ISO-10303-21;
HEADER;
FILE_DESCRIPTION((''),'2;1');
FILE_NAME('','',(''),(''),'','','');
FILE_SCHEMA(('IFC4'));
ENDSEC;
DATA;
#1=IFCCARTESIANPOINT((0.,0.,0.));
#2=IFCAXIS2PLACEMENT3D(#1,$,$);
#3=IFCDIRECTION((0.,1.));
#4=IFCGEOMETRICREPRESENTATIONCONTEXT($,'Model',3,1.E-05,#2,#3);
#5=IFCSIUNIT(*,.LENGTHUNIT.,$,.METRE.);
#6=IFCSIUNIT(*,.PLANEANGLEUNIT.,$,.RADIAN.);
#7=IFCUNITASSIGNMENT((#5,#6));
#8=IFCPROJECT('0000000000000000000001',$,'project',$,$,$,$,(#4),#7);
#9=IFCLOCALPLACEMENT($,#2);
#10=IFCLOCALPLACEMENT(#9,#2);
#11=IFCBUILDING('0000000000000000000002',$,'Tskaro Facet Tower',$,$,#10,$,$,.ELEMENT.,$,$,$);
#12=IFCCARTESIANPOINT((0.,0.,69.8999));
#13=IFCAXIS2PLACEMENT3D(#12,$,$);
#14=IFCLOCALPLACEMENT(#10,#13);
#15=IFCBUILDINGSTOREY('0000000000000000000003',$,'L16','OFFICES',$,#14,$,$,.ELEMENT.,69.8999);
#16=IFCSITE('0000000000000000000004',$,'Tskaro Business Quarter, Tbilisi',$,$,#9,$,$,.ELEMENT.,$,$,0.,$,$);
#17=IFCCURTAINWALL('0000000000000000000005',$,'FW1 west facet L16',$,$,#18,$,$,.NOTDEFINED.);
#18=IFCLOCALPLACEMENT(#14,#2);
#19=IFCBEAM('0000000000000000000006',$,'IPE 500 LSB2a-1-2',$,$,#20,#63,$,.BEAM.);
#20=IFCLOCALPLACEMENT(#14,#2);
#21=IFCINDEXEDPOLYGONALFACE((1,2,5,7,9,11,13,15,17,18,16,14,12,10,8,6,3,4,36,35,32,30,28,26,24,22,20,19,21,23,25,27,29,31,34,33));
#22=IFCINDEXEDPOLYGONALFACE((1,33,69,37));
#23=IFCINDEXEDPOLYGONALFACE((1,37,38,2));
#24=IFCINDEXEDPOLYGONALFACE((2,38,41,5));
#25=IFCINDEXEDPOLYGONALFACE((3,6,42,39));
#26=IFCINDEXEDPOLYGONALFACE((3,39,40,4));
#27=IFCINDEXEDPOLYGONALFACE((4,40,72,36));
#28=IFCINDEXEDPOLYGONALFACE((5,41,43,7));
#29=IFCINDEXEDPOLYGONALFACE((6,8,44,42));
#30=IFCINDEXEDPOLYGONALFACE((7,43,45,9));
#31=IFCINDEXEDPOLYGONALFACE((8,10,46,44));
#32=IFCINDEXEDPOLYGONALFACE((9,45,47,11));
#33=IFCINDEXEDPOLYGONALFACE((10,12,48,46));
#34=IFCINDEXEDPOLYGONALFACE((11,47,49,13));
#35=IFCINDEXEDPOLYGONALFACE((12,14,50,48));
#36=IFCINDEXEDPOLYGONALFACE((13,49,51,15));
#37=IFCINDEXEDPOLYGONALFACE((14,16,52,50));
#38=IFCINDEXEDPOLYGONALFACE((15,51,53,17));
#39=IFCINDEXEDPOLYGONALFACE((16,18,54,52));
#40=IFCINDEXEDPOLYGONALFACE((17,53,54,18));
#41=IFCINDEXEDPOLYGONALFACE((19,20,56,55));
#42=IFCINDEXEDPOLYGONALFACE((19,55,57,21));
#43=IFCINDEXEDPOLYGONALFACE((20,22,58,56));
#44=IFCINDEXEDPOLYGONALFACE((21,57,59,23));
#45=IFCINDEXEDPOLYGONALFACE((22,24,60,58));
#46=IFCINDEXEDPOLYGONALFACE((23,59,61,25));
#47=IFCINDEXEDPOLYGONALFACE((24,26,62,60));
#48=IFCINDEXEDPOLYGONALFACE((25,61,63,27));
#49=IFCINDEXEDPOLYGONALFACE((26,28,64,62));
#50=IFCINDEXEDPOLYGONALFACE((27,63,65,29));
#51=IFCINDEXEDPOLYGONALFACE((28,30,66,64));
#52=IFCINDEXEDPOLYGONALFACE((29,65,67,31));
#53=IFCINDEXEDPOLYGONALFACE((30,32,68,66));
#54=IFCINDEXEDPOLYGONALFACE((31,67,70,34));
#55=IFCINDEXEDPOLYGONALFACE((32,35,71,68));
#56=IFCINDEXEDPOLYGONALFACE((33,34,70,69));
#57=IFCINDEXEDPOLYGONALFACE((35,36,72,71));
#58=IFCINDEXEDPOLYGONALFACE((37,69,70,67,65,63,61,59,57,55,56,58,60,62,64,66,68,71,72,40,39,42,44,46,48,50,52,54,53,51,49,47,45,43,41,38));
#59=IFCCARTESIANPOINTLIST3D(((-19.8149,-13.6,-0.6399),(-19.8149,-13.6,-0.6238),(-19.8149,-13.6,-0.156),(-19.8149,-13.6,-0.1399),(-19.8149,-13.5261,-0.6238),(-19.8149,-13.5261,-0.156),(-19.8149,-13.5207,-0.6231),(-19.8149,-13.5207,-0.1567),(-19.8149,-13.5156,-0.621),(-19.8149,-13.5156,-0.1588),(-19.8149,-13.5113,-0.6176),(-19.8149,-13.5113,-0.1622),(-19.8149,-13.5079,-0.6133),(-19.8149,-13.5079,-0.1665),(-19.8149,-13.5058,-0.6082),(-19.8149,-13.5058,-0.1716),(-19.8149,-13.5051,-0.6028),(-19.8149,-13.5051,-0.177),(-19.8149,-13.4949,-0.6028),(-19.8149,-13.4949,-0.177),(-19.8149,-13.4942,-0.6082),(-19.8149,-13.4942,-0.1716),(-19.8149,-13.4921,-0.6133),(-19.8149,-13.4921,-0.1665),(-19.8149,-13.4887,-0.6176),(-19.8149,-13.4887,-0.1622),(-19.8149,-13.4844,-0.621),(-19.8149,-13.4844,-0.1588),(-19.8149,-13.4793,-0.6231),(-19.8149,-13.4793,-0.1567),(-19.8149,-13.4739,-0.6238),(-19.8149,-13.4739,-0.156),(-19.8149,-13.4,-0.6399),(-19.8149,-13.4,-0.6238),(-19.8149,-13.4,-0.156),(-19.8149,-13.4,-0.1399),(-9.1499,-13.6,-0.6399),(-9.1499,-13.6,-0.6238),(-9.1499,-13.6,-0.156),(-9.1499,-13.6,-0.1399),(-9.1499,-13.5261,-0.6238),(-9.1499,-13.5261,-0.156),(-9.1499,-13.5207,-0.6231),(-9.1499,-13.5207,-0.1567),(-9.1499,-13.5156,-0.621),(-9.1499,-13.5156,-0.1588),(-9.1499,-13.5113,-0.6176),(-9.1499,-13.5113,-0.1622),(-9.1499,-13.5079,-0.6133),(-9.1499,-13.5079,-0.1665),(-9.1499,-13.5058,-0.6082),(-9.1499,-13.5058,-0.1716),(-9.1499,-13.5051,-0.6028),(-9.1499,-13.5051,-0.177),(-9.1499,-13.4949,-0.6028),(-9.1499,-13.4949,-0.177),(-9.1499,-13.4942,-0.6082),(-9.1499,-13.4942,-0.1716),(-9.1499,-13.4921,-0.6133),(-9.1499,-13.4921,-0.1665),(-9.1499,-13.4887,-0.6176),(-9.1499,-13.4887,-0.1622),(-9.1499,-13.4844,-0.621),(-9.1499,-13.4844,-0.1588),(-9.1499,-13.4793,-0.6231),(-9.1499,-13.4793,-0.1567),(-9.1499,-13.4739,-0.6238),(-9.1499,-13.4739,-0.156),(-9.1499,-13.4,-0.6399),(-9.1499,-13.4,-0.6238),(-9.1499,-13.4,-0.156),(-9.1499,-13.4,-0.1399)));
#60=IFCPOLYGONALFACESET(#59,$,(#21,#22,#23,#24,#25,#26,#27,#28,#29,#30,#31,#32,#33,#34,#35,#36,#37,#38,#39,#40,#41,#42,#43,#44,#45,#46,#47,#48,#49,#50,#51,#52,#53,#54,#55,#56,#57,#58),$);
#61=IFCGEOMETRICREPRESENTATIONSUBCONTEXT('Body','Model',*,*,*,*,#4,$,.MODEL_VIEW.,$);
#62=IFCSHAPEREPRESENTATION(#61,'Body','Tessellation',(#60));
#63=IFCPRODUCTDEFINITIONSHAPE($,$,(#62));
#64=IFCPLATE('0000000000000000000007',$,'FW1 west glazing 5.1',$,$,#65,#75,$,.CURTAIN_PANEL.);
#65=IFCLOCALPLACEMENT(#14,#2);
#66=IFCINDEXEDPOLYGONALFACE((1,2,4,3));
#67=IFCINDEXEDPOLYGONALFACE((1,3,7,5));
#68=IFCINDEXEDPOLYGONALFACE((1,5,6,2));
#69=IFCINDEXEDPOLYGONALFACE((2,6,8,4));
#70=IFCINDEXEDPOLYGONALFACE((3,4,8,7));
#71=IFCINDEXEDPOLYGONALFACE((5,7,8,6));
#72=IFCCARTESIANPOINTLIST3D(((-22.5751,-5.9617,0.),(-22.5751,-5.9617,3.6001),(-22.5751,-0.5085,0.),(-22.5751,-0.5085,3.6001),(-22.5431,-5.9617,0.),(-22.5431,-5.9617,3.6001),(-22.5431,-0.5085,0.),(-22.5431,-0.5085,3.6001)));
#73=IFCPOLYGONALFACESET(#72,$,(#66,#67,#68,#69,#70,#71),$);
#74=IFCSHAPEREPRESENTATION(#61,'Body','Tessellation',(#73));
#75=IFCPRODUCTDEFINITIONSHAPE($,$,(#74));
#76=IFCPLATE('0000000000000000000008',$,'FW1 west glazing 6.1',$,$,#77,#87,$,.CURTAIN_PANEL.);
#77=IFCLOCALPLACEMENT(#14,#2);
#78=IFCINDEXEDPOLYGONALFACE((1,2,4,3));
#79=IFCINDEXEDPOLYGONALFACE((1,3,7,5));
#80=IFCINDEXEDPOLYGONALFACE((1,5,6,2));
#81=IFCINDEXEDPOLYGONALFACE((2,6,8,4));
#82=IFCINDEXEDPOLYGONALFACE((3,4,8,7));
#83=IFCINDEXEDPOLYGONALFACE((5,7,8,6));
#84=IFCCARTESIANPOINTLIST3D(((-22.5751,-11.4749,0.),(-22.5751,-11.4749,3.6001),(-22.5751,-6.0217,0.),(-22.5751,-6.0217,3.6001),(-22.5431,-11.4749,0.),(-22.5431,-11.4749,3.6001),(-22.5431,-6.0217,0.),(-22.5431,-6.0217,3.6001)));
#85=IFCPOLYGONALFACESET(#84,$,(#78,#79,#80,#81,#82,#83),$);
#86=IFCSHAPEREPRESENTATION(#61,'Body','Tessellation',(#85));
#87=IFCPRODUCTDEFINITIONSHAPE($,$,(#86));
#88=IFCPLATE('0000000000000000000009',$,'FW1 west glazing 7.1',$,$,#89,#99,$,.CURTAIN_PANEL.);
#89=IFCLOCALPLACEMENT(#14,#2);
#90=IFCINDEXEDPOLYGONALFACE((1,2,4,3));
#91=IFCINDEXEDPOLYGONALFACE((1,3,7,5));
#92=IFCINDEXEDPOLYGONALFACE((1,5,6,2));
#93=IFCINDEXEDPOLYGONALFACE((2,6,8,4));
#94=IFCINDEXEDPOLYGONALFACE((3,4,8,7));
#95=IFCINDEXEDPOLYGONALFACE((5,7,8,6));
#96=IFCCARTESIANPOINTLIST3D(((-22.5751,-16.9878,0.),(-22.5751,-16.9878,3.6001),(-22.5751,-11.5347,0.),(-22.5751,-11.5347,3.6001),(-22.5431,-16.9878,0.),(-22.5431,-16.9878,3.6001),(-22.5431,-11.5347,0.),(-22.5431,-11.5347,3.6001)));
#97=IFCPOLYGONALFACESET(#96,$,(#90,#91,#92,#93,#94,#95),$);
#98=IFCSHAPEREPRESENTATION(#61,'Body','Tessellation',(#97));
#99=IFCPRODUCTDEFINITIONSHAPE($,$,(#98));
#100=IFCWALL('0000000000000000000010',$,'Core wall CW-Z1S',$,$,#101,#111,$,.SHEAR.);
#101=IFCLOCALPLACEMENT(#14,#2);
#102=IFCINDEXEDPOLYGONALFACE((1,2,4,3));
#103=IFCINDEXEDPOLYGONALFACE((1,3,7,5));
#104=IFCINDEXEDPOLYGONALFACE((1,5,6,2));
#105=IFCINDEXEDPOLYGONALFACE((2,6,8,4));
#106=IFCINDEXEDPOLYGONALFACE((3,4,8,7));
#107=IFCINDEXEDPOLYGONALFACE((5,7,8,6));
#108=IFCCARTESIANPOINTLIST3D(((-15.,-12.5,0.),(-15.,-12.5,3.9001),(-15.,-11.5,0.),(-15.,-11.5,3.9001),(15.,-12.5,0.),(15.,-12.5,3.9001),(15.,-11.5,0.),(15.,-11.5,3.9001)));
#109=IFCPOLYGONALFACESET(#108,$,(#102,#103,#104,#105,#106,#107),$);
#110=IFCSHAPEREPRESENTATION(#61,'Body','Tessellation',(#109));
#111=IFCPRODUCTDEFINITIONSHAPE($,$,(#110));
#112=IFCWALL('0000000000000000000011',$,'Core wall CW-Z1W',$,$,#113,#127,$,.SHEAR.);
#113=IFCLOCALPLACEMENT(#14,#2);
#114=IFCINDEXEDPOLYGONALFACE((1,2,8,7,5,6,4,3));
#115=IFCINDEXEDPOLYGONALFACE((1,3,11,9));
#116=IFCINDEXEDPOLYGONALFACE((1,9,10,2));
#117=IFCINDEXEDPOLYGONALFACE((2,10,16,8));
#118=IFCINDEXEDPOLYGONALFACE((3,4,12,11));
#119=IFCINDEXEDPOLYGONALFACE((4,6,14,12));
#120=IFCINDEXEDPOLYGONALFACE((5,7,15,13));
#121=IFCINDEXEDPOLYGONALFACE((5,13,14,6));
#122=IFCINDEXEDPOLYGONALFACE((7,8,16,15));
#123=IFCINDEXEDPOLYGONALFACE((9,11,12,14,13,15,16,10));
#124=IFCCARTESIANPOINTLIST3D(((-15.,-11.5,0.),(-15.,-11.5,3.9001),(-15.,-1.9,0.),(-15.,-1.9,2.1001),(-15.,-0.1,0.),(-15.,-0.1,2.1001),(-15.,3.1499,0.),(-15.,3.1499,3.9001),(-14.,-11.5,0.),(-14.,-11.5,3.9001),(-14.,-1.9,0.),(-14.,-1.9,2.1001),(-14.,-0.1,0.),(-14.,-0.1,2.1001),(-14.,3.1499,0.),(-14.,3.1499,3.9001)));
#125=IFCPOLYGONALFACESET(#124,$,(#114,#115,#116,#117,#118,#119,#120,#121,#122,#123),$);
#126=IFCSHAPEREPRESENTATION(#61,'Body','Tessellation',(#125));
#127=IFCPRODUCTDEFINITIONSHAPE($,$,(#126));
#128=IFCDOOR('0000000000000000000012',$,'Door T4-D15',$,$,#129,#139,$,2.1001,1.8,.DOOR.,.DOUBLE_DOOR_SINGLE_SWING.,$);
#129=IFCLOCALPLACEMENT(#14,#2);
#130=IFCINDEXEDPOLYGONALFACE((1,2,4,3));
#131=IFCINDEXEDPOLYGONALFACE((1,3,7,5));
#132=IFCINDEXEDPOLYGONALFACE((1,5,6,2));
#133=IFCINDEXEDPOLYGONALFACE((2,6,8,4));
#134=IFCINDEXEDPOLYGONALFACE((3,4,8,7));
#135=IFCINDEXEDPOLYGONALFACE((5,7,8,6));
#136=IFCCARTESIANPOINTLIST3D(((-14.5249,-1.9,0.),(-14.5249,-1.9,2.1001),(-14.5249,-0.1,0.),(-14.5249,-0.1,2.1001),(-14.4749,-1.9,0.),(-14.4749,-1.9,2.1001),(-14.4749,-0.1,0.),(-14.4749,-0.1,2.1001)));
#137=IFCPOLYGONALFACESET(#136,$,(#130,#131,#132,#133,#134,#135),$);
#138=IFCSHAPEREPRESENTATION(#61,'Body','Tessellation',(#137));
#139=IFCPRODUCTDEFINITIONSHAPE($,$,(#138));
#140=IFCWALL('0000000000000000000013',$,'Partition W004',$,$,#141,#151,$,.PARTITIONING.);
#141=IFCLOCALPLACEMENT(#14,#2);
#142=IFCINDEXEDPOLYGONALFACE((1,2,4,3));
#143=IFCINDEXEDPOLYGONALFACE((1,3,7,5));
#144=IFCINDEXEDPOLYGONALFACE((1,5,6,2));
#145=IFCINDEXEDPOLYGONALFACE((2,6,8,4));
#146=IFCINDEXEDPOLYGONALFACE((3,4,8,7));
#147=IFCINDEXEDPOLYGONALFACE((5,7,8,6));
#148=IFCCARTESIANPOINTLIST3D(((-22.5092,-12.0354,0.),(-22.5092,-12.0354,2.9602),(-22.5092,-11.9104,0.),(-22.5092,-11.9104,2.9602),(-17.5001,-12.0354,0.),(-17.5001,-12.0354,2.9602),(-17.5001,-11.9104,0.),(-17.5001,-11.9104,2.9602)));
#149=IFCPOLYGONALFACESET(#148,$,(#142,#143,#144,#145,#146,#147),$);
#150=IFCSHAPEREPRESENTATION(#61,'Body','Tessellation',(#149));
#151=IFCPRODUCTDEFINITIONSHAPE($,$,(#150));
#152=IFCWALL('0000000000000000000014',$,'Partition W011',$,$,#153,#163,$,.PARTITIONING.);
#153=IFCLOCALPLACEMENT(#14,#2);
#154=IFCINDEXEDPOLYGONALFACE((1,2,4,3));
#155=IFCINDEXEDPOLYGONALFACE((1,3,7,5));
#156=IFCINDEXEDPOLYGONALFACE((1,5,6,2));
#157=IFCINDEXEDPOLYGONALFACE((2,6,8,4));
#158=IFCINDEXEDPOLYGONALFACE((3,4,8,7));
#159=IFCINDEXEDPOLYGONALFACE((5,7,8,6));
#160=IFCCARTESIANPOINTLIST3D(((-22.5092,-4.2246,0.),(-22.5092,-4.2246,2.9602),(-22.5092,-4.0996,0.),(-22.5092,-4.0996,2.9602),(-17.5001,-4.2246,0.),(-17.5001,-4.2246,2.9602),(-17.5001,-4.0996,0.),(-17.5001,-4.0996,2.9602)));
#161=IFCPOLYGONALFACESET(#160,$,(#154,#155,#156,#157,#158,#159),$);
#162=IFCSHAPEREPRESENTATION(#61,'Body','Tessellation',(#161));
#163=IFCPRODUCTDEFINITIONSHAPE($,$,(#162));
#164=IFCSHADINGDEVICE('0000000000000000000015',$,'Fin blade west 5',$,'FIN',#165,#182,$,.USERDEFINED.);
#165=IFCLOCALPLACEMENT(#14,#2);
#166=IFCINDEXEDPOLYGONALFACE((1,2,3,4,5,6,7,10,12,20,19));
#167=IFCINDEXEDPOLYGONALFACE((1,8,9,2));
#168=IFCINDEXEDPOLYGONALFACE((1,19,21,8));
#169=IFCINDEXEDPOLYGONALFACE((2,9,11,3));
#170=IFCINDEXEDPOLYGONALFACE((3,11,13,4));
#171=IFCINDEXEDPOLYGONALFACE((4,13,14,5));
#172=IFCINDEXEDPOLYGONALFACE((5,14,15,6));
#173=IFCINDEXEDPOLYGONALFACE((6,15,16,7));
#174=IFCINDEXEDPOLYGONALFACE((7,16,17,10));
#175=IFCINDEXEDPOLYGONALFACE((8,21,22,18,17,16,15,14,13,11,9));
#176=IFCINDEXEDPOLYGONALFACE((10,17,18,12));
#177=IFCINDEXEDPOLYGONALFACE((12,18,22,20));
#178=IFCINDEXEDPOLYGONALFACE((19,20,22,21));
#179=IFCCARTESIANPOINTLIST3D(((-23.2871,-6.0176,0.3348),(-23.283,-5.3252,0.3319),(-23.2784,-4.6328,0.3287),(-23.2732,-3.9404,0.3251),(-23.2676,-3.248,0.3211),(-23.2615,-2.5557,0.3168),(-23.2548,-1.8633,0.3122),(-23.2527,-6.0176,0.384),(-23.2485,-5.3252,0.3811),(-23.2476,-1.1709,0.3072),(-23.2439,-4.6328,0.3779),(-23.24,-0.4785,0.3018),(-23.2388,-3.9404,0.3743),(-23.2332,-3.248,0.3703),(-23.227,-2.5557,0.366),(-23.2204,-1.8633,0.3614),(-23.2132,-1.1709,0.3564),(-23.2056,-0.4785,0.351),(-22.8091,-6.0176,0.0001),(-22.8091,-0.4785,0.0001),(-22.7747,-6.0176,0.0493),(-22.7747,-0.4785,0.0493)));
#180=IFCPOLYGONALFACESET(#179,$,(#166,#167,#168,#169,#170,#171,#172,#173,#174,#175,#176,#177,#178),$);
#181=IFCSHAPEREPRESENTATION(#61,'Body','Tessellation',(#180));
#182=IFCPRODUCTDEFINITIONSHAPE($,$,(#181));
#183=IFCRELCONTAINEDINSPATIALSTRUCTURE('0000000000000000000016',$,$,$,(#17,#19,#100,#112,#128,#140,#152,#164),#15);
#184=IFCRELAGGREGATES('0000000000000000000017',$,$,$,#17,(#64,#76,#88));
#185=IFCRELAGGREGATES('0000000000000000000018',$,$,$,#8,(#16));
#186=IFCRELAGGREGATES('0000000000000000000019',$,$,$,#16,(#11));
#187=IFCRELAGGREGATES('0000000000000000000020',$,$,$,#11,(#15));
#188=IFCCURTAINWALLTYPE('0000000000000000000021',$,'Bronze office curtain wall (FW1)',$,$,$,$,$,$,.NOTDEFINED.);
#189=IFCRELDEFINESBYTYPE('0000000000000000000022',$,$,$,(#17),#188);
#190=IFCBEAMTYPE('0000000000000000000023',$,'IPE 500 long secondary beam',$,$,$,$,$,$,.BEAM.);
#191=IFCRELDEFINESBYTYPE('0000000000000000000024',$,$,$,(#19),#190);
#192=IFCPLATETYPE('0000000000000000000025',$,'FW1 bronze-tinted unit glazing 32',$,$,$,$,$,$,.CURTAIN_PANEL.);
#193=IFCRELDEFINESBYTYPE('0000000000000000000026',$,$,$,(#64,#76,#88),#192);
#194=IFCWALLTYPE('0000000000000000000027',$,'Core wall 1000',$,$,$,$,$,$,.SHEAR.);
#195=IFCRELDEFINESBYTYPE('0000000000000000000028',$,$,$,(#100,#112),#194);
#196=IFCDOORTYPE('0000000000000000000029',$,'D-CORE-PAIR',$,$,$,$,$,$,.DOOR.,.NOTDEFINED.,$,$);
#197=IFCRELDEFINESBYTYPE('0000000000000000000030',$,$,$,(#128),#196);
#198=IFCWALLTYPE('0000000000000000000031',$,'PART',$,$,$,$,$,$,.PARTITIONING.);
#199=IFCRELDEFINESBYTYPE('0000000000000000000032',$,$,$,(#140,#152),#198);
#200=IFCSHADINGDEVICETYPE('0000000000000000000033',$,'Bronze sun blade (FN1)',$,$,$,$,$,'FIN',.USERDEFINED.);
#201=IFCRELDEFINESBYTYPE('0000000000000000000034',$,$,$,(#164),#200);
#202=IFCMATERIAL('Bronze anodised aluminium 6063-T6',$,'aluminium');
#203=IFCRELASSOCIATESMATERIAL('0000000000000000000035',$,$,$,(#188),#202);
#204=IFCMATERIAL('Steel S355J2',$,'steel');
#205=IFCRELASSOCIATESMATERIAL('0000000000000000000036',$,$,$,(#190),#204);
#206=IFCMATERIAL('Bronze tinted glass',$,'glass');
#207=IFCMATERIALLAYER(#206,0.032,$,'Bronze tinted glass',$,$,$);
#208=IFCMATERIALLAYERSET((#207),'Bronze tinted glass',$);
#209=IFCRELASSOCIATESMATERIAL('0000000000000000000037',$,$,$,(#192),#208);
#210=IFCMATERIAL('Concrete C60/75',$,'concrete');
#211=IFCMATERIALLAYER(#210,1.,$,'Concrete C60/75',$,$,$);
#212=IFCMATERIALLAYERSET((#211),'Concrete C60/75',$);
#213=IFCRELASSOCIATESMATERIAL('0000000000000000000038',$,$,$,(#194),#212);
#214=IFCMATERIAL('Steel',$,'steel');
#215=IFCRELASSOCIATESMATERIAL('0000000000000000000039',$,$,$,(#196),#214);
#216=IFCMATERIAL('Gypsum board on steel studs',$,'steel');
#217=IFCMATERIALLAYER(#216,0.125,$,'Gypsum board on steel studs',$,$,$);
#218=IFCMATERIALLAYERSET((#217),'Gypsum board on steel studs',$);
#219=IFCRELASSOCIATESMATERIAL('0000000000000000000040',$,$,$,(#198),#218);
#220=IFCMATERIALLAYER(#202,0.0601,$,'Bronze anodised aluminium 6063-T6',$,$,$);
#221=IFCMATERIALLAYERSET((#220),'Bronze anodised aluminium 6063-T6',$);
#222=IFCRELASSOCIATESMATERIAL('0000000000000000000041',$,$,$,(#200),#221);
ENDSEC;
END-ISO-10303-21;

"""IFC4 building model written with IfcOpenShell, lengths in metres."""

from ifc_helpers import new_model, si_unit, direction, frame, frame_2d, origin, origin_2d, place, context, subcontext, project, spatial, polyline, rectangle, i_section, outline, extrude, material, layer, layer_set, material_profile, profile_set, type_object, element, fill, aggregate, save


model = new_model("IFC4")

# Units and contexts
model_context = context("Model", 3, precision=1e-05, world=origin(), true_north=direction((0.0, 1.0)))
body_context = subcontext(model_context, "Body", "Model", "MODEL_VIEW")
ifc_project = project(units=[si_unit("LENGTHUNIT", "METRE"), si_unit("PLANEANGLEUNIT", "RADIAN")], contexts=[model_context])

# Site, building, storey
site_placement = place(None, origin())
site = spatial("IfcSite", under=ifc_project, at=site_placement, Name="Tskaro Business Quarter, Tbilisi", CompositionType="ELEMENT", RefElevation=0.0)
building_placement = place(site_placement, origin())
building = spatial("IfcBuilding", under=site, at=building_placement, Name="Tskaro Facet Tower", CompositionType="ELEMENT")
storey_placement = place(building_placement, frame((0.0, 0.0, 69.8999)))
storey = spatial("IfcBuildingStorey", under=building, at=storey_placement, Name="L16", Description="OFFICES", CompositionType="ELEMENT", Elevation=69.8999)

# Curtain wall
ifc_material_1 = material(Name="Bronze anodised aluminium 6063-T6", Category="aluminium")
curtain_wall_type = type_object("IfcCurtainWallType", Name="Bronze office curtain wall (FW1)", PredefinedType="NOTDEFINED", material=ifc_material_1)
curtain_wall_placement = place(storey_placement, origin())
curtain_wall = element("IfcCurtainWall", 1, at=curtain_wall_placement, inside=storey, type_object=curtain_wall_type, Name="FW1 west facet L16", PredefinedType="NOTDEFINED")

# Beam
ifc_material_2 = material(Name="Steel S355J2", Category="steel")
ifc_material_profile_1 = material_profile(ifc_material_2, i_section(OverallWidth=0.2, OverallDepth=0.5, WebThickness=0.0103, FlangeThickness=0.0161, FilletRadius=0.021, at=origin_2d()), Name="IPE 500")
ifc_profile_set_1 = profile_set([ifc_material_profile_1], Name="Steel S355J2")
beam_type_1 = type_object("IfcBeamType", Name="IPE 500 long secondary beam", PredefinedType="BEAM", material=ifc_profile_set_1)
beam_1_placement = place(storey_placement, frame((-19.8149, -13.5, -0.3899), z_axis=(1.0, 0.0, 0.0), x_axis=(0.0, 1.0, 0.0)))
element("IfcBeam", 2, at=beam_1_placement, inside=storey, type_object=beam_type_1, Name="IPE 500 LSB2a-1-2", PredefinedType="BEAM", context=body_context, shape_type="SweptSolid", body=[
    extrude(i_section(OverallWidth=0.2, OverallDepth=0.5, WebThickness=0.0103, FlangeThickness=0.0161, FilletRadius=0.021, at=origin_2d()), origin(), (0.0, 0.0, 1.0), 10.665),
])

# Plates
ifc_material_3 = material(Name="Bronze tinted glass", Category="glass")
ifc_layer_1 = layer(ifc_material_3, 0.032, Name="Bronze tinted glass")
ifc_layer_set_1 = layer_set([ifc_layer_1], Name="Bronze tinted glass")
plate_type = type_object("IfcPlateType", Name="FW1 bronze-tinted unit glazing 32", PredefinedType="CURTAIN_PANEL", material=ifc_layer_set_1)
plate_1_placement = place(storey_placement, frame((-22.5591, -3.2351, 0.0), z_axis=(0.0, 0.0, 1.0), x_axis=(0.0, -1.0, 0.0)))
plate_1 = element("IfcPlate", 3, at=plate_1_placement, type_object=plate_type, Name="FW1 west glazing 5.1", PredefinedType="CURTAIN_PANEL", context=body_context, shape_type="SweptSolid", body=[
    extrude(rectangle(XDim=5.4531, YDim=0.032, at=origin_2d()), origin(), (0.0, 0.0, 1.0), 3.6001),
])
plate_2_placement = place(storey_placement, frame((-22.5591, -8.7483, 0.0), z_axis=(0.0, 0.0, 1.0), x_axis=(0.0, -1.0, 0.0)))
plate_2 = element("IfcPlate", 4, at=plate_2_placement, type_object=plate_type, Name="FW1 west glazing 6.1", PredefinedType="CURTAIN_PANEL", context=body_context, shape_type="SweptSolid", body=[
    extrude(rectangle(XDim=5.4531, YDim=0.032, at=origin_2d()), origin(), (0.0, 0.0, 1.0), 3.6001),
])
plate_3_placement = place(storey_placement, frame((-22.5591, -14.2612, 0.0), z_axis=(0.0, 0.0, 1.0), x_axis=(0.0, -1.0, 0.0)))
plate_3 = element("IfcPlate", 5, at=plate_3_placement, type_object=plate_type, Name="FW1 west glazing 7.1", PredefinedType="CURTAIN_PANEL", context=body_context, shape_type="SweptSolid", body=[
    extrude(rectangle(XDim=5.4531, YDim=0.032, at=origin_2d()), origin(), (0.0, 0.0, 1.0), 3.6001),
])
aggregate(curtain_wall, [plate_1, plate_2, plate_3])

# Wall
ifc_material_4 = material(Name="Concrete C60/75", Category="concrete")
ifc_layer_2 = layer(ifc_material_4, 1.0, Name="Concrete C60/75")
ifc_layer_set_2 = layer_set([ifc_layer_2], Name="Concrete C60/75")
wall_type_1 = type_object("IfcWallType", Name="Core wall 1000", PredefinedType="SHEAR", material=ifc_layer_set_2)
wall_1_placement = place(storey_placement, frame((-15.0, -12.0, 0.0), z_axis=(0.0, 0.0, 1.0), x_axis=(1.0, 0.0, 0.0)))
element("IfcWall", 6, at=wall_1_placement, inside=storey, type_object=wall_type_1, Name="Core wall CW-Z1S", PredefinedType="SHEAR", context=body_context, shape_type="SweptSolid", body=[
    extrude(rectangle(XDim=30.0, YDim=1.0, at=frame_2d((15.0, 0.0))), origin(), (0.0, 0.0, 1.0), 3.9001),
])

# Wall, opening, door
wall_2_placement = place(storey_placement, frame((-14.5, -11.5, 0.0), z_axis=(0.0, 0.0, 1.0), x_axis=(0.0, 1.0, 0.0)))
wall_2 = element("IfcWall", 7, at=wall_2_placement, inside=storey, type_object=wall_type_1, Name="Core wall CW-Z1W", PredefinedType="SHEAR", context=body_context, shape_type="SweptSolid", body=[
    extrude(rectangle(XDim=14.6499, YDim=1.0, at=frame_2d((7.325, 0.0))), origin(), (0.0, 0.0, 1.0), 3.9001),
])
opening_placement = place(wall_2_placement, frame((9.6001, 0.0, 0.0)))
opening = element("IfcOpeningElement", 8, at=opening_placement, cuts=wall_2, PredefinedType="OPENING", context=body_context, shape_type="SweptSolid", body=[
    extrude(rectangle(XDim=1.8, YDim=2.1001, at=frame_2d((0.8999, 1.05))), frame((0.0, 0.51, 0.0), z_axis=(0.0, -1.0, 0.0), x_axis=(1.0, 0.0, 0.0)), (0.0, 0.0, 1.0), 1.02),
])
ifc_material_5 = material(Name="Steel", Category="steel")
door_type = type_object("IfcDoorType", Name="D-CORE-PAIR", OperationType="NOTDEFINED", PredefinedType="DOOR", material=ifc_material_5)
door_placement = place(opening_placement, origin())
door = element("IfcDoor", 9, at=door_placement, inside=storey, type_object=door_type, Name="Door T4-D15", OperationType="DOUBLE_DOOR_SINGLE_SWING", OverallHeight=2.1001, OverallWidth=1.8, PredefinedType="DOOR", context=body_context, shape_type="SweptSolid", body=[
    extrude(rectangle(XDim=1.8, YDim=2.1001, at=frame_2d((0.8999, 1.05))), frame((0.0, 0.0249, 0.0), z_axis=(0.0, -1.0, 0.0), x_axis=(1.0, 0.0, 0.0)), (0.0, 0.0, 1.0), 0.05),
])
fill(opening, door)

# Walls
ifc_material_6 = material(Name="Gypsum board on steel studs", Category="steel")
ifc_layer_3 = layer(ifc_material_6, 0.125, Name="Gypsum board on steel studs")
ifc_layer_set_3 = layer_set([ifc_layer_3], Name="Gypsum board on steel studs")
wall_type_2 = type_object("IfcWallType", Name="PART", PredefinedType="PARTITIONING", material=ifc_layer_set_3)
for number, where, z_axis, x_axis, name in (
    (10, (-22.509, -11.9729, 0.0), (0.0, 0.0, 1.0), (1.0, 0.0, 0.0), "Partition W004"),
    (11, (-22.509, -4.1621, 0.0), (0.0, 0.0, 1.0), (1.0, 0.0, 0.0), "Partition W011"),
):
    element("IfcWall", number, at=place(storey_placement, frame(where, z_axis=z_axis, x_axis=x_axis)), inside=storey, type_object=wall_type_2, Name=name, PredefinedType="PARTITIONING", context=body_context, shape_type="SweptSolid", body=[
        extrude(rectangle(XDim=5.009, YDim=0.125, at=frame_2d((2.5044, 0.0))), origin(), (0.0, 0.0, 1.0), 2.9602),
    ])

# Shading device
ifc_layer_4 = layer(ifc_material_1, 0.0601, Name="Bronze anodised aluminium 6063-T6")
ifc_layer_set_4 = layer_set([ifc_layer_4], Name="Bronze anodised aluminium 6063-T6")
shading_device_type = type_object("IfcShadingDeviceType", Name="Bronze sun blade (FN1)", ElementType="FIN", PredefinedType="USERDEFINED", material=ifc_layer_set_4)
shading_device_1_placement = place(storey_placement, frame((-22.7747, -0.4785, 0.0493), z_axis=(0.573556, -0.000002, 0.819166), x_axis=(-0.000001, -1.0, -0.000002)))
element("IfcShadingDevice", 12, at=shading_device_1_placement, inside=storey, type_object=shading_device_type, Name="Fin blade west 5", ObjectType="FIN", PredefinedType="USERDEFINED", context=body_context, shape_type="SweptSolid", body=[
    extrude(outline(polyline([(0.0, 0.0), (5.5391, 0.0), (5.5391, -0.5836), (4.8467, -0.5785), (4.1543, -0.5729), (3.4619, -0.5666), (2.7695, -0.5597), (2.0771, -0.5522), (1.3848, -0.5441), (0.6924, -0.5353), (0.0, -0.5261), (0.0, 0.0)])), origin(), (0.0, 0.0, -1.0), 0.0601),
])

save(model, "model.ifc")
